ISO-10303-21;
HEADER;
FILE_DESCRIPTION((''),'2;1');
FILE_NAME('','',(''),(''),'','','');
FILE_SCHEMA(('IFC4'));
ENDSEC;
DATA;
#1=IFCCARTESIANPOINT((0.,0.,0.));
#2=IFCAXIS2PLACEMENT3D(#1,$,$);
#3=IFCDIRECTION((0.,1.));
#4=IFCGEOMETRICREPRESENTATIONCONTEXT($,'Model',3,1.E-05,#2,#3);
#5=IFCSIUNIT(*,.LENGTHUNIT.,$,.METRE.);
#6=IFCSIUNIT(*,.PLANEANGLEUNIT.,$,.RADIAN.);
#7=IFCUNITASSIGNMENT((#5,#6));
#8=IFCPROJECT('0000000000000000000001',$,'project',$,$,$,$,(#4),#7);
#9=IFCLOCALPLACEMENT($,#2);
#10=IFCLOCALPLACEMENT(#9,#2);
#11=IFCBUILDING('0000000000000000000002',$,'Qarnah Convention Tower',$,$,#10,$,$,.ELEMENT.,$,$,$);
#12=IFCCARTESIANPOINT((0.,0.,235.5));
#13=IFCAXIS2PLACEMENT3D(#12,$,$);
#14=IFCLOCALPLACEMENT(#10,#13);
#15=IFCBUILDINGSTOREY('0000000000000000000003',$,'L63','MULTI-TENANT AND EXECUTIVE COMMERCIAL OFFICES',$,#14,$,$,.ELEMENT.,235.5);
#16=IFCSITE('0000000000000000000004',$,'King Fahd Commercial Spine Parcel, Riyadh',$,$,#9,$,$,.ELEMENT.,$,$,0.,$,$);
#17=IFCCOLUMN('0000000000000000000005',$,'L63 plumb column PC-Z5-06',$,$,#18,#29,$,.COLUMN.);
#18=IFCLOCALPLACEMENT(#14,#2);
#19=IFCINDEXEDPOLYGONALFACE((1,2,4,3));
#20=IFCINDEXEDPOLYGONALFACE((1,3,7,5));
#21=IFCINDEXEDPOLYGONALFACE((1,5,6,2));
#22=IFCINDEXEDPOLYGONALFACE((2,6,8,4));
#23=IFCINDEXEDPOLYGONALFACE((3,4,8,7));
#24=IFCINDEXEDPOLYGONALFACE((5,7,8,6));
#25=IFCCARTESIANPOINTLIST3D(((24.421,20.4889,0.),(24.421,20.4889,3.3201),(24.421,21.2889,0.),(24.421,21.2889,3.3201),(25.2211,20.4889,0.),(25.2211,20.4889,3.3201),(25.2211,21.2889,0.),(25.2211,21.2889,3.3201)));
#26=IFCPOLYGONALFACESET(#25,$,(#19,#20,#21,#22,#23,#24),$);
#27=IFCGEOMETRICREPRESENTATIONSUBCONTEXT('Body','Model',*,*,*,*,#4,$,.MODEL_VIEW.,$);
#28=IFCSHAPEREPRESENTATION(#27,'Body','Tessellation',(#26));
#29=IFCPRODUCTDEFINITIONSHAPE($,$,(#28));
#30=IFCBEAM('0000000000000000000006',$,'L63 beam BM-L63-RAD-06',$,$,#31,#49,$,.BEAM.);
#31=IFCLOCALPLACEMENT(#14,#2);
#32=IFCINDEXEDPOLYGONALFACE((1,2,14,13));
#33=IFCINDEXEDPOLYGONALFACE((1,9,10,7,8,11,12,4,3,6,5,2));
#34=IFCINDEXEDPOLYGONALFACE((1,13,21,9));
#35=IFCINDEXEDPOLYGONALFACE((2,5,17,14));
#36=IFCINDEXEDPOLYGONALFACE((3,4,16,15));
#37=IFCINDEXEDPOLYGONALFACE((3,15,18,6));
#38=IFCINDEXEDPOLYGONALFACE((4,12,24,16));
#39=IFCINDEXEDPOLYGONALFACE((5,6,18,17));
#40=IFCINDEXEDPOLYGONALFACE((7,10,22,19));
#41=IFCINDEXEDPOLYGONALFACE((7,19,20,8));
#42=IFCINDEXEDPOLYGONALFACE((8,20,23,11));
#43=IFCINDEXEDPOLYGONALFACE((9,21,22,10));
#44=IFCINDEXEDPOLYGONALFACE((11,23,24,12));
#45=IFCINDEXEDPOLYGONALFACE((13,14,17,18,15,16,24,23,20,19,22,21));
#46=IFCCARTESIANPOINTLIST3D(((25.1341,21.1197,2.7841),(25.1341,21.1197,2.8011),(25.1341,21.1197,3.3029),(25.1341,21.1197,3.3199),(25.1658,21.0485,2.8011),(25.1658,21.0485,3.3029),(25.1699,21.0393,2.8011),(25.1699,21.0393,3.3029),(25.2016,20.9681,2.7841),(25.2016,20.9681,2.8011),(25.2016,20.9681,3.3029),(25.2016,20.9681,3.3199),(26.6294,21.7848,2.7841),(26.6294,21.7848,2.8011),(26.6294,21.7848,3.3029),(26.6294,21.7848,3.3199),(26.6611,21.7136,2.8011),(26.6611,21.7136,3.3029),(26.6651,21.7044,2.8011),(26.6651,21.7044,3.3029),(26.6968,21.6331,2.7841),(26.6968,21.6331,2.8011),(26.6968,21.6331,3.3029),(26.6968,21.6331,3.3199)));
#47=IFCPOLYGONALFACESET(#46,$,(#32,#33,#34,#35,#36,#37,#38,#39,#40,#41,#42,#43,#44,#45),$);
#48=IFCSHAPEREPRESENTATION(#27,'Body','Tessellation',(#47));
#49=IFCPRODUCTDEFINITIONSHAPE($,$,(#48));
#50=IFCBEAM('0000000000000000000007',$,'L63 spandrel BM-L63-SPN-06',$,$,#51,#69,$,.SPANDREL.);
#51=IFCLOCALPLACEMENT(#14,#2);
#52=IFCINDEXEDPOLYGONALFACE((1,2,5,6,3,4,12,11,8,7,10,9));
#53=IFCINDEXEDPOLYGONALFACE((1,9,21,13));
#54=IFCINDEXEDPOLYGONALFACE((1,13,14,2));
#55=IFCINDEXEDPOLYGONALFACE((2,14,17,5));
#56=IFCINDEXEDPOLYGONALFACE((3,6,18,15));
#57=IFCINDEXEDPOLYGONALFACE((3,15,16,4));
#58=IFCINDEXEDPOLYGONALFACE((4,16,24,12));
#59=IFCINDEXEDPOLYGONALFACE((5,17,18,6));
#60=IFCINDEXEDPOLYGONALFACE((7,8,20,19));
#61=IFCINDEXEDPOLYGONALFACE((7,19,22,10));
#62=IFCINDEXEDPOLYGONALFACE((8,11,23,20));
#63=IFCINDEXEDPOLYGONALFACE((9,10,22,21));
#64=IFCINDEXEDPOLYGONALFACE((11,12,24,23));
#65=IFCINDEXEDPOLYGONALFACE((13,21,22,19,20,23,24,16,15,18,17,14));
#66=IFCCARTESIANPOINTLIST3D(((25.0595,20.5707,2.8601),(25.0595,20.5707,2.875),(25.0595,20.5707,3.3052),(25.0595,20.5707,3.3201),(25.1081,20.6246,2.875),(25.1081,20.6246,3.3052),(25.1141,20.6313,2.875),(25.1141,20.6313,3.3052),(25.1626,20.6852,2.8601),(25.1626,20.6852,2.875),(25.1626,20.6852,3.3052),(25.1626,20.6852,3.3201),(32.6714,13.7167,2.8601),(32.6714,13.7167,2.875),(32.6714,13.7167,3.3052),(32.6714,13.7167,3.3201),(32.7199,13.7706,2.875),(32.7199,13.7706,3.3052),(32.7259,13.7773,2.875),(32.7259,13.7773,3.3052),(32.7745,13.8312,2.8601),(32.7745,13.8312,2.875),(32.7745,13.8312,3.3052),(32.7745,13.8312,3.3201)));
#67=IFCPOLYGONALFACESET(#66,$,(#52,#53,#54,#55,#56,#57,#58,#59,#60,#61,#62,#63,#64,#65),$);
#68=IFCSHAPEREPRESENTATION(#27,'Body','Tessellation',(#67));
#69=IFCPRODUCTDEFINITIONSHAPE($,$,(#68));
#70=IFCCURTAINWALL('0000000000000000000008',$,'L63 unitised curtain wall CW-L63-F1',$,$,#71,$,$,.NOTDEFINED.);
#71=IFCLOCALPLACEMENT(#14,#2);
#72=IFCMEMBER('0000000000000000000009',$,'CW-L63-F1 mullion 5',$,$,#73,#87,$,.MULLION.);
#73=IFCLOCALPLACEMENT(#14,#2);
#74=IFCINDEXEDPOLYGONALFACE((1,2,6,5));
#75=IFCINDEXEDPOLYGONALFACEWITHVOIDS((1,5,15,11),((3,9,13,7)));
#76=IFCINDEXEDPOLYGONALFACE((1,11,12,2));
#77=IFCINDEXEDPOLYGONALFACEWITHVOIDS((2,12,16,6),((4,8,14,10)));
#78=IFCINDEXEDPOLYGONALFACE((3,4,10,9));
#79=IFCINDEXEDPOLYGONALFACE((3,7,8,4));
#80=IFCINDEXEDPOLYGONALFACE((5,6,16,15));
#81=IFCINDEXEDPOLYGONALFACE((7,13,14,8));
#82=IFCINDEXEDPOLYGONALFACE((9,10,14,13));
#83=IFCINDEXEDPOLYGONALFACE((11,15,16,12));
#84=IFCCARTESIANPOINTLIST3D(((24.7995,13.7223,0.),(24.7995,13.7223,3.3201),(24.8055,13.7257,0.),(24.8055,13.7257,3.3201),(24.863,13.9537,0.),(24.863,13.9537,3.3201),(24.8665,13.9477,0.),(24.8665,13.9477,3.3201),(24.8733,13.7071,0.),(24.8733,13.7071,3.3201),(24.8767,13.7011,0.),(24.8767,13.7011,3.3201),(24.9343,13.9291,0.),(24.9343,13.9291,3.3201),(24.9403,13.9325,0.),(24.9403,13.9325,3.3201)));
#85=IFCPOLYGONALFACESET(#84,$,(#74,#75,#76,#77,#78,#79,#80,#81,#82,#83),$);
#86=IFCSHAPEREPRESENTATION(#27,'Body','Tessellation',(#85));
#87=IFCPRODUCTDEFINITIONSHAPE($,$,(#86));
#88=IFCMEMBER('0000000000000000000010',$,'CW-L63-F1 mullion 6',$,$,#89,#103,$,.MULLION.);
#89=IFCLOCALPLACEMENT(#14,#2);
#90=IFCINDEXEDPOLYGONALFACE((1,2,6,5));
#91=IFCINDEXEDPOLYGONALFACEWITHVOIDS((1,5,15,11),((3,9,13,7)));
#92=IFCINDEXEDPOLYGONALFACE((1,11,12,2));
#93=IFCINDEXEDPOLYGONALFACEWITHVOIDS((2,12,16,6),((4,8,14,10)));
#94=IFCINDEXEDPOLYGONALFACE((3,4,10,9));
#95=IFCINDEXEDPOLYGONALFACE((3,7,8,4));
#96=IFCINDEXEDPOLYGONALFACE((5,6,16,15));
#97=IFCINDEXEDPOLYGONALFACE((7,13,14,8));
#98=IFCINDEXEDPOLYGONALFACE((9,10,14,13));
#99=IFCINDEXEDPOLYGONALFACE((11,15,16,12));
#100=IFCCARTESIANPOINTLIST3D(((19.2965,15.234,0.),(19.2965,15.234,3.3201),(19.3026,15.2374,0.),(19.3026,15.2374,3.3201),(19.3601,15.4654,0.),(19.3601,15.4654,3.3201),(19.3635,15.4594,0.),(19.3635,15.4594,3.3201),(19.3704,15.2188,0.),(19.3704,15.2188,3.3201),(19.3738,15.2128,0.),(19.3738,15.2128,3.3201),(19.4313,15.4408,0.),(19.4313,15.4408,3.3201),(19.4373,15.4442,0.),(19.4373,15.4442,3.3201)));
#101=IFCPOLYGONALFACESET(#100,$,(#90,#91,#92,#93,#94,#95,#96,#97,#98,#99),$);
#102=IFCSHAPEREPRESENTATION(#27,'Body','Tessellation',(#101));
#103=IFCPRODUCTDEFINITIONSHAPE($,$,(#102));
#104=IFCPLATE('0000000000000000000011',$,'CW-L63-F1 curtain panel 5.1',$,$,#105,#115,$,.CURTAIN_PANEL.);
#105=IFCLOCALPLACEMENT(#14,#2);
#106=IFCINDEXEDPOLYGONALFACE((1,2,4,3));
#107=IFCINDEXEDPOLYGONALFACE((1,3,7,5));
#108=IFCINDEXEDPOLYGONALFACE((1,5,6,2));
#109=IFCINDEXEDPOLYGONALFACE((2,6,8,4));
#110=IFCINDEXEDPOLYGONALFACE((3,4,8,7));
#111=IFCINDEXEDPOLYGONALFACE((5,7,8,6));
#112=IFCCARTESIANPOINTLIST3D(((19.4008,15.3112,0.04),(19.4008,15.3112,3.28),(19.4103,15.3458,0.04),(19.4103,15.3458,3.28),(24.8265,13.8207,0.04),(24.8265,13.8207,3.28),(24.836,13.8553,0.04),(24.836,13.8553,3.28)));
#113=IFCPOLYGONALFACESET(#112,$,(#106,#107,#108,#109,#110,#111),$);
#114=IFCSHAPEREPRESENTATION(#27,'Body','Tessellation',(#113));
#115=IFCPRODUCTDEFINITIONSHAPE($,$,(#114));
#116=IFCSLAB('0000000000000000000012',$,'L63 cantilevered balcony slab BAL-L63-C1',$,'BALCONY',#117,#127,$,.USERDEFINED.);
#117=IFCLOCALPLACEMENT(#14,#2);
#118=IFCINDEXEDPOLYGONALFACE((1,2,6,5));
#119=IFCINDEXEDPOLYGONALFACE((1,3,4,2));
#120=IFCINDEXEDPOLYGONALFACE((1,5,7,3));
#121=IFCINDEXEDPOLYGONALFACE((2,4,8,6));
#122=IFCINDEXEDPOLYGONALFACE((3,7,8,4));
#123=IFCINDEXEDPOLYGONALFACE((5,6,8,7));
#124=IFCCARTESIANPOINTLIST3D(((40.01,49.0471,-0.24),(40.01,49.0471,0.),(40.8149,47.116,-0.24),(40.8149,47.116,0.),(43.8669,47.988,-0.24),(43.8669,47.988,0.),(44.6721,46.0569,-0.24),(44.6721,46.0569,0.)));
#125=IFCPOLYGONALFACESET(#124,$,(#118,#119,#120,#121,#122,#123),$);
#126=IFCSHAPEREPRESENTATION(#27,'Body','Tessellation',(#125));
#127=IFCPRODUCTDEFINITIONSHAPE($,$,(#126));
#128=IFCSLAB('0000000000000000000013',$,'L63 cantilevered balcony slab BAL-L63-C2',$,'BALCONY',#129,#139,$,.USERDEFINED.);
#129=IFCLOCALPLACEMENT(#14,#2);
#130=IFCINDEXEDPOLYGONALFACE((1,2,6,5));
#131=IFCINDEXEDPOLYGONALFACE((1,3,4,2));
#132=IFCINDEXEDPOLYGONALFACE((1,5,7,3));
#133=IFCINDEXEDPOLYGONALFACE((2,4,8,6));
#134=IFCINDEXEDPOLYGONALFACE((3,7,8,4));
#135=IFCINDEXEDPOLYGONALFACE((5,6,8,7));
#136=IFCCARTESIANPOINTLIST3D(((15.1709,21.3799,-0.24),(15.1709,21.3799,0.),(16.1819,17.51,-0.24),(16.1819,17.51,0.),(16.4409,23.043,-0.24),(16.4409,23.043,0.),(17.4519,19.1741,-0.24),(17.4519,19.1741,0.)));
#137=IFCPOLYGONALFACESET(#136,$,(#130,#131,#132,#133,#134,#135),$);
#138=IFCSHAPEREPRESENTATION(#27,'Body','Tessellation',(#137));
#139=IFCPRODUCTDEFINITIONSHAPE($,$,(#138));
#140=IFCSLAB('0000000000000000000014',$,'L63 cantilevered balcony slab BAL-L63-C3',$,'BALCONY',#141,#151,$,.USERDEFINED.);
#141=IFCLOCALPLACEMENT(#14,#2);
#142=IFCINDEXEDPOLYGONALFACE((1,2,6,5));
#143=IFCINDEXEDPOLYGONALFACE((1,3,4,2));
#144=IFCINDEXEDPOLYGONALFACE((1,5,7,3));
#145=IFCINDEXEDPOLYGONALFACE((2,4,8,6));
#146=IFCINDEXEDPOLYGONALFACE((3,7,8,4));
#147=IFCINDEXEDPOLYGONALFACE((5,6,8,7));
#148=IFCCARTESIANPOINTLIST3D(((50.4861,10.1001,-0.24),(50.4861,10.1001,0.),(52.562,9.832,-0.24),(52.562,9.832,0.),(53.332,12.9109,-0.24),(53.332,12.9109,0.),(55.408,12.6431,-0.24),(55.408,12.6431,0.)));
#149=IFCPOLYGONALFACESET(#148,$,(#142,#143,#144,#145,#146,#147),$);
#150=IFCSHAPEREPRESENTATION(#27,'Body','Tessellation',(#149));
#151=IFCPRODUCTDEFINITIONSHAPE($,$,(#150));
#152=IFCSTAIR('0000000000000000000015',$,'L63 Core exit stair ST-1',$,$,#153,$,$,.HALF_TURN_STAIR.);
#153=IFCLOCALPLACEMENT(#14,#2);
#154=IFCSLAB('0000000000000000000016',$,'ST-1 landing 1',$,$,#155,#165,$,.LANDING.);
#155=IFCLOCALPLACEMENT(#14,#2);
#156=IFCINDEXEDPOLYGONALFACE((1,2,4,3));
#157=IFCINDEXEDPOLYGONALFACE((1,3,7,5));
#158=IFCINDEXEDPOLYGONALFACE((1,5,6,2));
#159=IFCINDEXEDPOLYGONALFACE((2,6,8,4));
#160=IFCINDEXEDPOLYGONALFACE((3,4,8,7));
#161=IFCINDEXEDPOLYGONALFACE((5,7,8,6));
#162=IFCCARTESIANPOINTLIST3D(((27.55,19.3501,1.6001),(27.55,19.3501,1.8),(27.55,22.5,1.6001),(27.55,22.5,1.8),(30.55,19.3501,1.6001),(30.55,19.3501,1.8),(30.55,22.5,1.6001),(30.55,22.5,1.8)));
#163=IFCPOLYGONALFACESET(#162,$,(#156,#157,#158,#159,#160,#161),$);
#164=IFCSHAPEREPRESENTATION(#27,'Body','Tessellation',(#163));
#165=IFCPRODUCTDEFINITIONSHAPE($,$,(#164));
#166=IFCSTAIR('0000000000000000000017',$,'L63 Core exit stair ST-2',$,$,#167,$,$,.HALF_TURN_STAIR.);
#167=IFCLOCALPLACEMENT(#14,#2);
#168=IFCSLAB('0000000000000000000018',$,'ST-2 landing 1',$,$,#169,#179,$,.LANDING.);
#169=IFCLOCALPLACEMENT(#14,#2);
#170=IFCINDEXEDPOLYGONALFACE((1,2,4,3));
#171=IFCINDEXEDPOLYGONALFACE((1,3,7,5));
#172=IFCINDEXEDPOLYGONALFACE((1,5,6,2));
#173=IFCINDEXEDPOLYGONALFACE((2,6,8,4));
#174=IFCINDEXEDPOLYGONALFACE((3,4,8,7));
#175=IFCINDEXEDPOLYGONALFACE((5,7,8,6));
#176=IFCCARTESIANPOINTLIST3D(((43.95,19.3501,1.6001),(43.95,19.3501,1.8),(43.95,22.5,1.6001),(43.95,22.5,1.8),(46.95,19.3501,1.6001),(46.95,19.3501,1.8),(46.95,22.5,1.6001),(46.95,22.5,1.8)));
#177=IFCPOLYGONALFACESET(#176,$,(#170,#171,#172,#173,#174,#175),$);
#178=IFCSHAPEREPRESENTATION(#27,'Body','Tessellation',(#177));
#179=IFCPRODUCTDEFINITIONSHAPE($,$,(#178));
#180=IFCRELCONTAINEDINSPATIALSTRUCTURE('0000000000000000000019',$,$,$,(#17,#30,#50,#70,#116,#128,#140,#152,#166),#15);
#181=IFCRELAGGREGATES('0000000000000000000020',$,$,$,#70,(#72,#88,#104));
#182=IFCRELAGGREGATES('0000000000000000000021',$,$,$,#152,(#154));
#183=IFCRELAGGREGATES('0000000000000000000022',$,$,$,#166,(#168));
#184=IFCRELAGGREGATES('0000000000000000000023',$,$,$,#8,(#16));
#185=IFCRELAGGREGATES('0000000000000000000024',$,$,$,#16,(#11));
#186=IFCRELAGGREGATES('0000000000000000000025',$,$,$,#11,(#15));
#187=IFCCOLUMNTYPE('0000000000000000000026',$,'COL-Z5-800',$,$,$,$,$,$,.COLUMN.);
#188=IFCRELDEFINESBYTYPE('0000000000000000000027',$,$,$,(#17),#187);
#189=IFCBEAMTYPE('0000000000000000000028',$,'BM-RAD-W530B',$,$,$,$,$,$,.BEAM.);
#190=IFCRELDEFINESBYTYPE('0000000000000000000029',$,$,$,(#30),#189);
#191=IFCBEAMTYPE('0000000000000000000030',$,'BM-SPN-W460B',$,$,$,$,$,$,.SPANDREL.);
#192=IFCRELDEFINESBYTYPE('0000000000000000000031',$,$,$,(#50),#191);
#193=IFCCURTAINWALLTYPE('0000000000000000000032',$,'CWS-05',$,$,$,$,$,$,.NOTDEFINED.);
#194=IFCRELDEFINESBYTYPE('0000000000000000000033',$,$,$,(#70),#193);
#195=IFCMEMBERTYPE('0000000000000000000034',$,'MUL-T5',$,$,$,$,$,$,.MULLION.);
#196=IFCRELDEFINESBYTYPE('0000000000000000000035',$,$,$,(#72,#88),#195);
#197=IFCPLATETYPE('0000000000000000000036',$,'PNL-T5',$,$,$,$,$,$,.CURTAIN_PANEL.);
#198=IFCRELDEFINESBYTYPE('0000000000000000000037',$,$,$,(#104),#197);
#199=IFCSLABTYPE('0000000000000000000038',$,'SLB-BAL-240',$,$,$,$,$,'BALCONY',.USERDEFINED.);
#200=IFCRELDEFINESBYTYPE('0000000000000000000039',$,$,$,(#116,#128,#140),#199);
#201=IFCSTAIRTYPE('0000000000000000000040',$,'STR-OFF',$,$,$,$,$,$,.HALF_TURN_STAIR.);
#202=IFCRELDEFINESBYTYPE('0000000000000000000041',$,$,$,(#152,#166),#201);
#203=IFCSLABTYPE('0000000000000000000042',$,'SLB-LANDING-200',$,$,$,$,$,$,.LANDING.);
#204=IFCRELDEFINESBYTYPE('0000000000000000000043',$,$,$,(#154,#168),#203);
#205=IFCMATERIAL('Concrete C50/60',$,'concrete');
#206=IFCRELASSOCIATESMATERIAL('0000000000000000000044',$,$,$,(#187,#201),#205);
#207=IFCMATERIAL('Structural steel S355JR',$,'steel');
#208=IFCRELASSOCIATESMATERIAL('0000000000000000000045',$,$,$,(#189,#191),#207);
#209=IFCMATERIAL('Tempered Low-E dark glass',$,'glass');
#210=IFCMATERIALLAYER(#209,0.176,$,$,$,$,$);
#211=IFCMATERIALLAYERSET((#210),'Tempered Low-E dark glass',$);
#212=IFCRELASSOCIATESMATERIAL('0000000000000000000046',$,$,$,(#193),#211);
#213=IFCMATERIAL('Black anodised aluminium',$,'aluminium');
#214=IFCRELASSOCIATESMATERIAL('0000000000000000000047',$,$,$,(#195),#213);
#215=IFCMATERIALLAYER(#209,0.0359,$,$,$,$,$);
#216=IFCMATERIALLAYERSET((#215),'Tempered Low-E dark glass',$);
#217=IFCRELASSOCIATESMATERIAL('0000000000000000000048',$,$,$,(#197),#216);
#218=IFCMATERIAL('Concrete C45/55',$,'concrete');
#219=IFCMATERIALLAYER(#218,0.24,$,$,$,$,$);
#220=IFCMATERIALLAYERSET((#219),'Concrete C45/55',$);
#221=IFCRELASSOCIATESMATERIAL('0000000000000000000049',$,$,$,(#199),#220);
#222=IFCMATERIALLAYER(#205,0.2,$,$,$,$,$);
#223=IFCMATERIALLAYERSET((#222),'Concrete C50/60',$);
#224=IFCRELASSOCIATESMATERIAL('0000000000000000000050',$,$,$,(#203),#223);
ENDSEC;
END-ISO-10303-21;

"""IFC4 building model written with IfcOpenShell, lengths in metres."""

from ifc_helpers import new_model, si_unit, direction, frame, origin, origin_2d, place, context, subcontext, project, spatial, polyline, rectangle, hollow_rectangle, i_section, outline, extrude, material, layer, layer_set, material_profile, profile_set, type_object, element, aggregate, save


model = new_model("IFC4")

# Units and contexts
model_context = context("Model", 3, precision=1e-05, world=origin(), true_north=direction((0.0, 1.0)))
body_context = subcontext(model_context, "Body", "Model", "MODEL_VIEW")
ifc_project = project(units=[si_unit("LENGTHUNIT", "METRE"), si_unit("PLANEANGLEUNIT", "RADIAN")], contexts=[model_context])

# Site, building, storey
site_placement = place(None, origin())
site = spatial("IfcSite", under=ifc_project, at=site_placement, Name="King Fahd Commercial Spine Parcel, Riyadh", CompositionType="ELEMENT", RefElevation=0.0)
building_placement = place(site_placement, origin())
building = spatial("IfcBuilding", under=site, at=building_placement, Name="Qarnah Convention Tower", CompositionType="ELEMENT")
storey_placement = place(building_placement, frame((0.0, 0.0, 235.5)))
storey = spatial("IfcBuildingStorey", under=building, at=storey_placement, Name="L63", Description="MULTI-TENANT AND EXECUTIVE COMMERCIAL OFFICES", CompositionType="ELEMENT", Elevation=235.5)

# Column
ifc_material_1 = material(Name="Concrete C50/60", Category="concrete")
ifc_material_profile_1 = material_profile(ifc_material_1, rectangle(XDim=0.8, YDim=0.8, at=origin_2d()), Name="RC-COL-800X800")
ifc_profile_set_1 = profile_set([ifc_material_profile_1], Name="Concrete C50/60")
column_type = type_object("IfcColumnType", Name="COL-Z5-800", PredefinedType="COLUMN", material=ifc_profile_set_1)
column_placement = place(storey_placement, frame((24.821, 20.8889, 0.0), z_axis=(0.0, 0.0, 1.0), x_axis=(1.0, 0.0, 0.0)))
element("IfcColumn", 1, at=column_placement, inside=storey, type_object=column_type, Name="L63 plumb column PC-Z5-06", PredefinedType="COLUMN", context=body_context, shape_type="SweptSolid", body=[
    extrude(rectangle(XDim=0.8, YDim=0.8, at=origin_2d()), origin(), (0.0, 0.0, 1.0), 3.3201),
])

# Beams
ifc_material_2 = material(Name="Structural steel S355JR", Category="steel")
ifc_material_profile_2 = material_profile(ifc_material_2, i_section(OverallWidth=0.166, OverallDepth=0.5359, WebThickness=0.01, FlangeThickness=0.0171, at=origin_2d()), Name="W530X85")
ifc_profile_set_2 = profile_set([ifc_material_profile_2], Name="Structural steel S355JR")
beam_type_1 = type_object("IfcBeamType", Name="BM-RAD-W530B", PredefinedType="BEAM", material=ifc_profile_set_2)
beam_1_placement = place(storey_placement, frame((26.6631, 21.709, 3.052), z_axis=(-0.913688, -0.406415, 0.0), x_axis=(0.406415, -0.913688, 0.0)))
element("IfcBeam", 2, at=beam_1_placement, inside=storey, type_object=beam_type_1, Name="L63 beam BM-L63-RAD-06", PredefinedType="BEAM", context=body_context, shape_type="SweptSolid", body=[
    extrude(i_section(OverallWidth=0.166, OverallDepth=0.5359, WebThickness=0.01, FlangeThickness=0.0171, at=origin_2d()), origin(), (0.0, 0.0, 1.0), 1.6365),
])
ifc_material_profile_3 = material_profile(ifc_material_2, i_section(OverallWidth=0.1541, OverallDepth=0.46, WebThickness=0.009, FlangeThickness=0.0149, at=origin_2d()), Name="W460X68")
ifc_profile_set_3 = profile_set([ifc_material_profile_3], Name="Structural steel S355JR")
beam_type_2 = type_object("IfcBeamType", Name="BM-SPN-W460B", PredefinedType="SPANDREL", material=ifc_profile_set_3)
beam_2_placement = place(storey_placement, frame((25.1111, 20.6279, 3.0901), z_axis=(0.743131, -0.669146, 0.0), x_axis=(0.669146, 0.743131, 0.0)))
element("IfcBeam", 3, at=beam_2_placement, inside=storey, type_object=beam_type_2, Name="L63 spandrel BM-L63-SPN-06", PredefinedType="SPANDREL", context=body_context, shape_type="SweptSolid", body=[
    extrude(i_section(OverallWidth=0.1541, OverallDepth=0.46, WebThickness=0.009, FlangeThickness=0.0149, at=origin_2d()), origin(), (0.0, 0.0, 1.0), 10.2429),
])

# Curtain wall, members, plate
ifc_material_3 = material(Name="Tempered Low-E dark glass", Category="glass")
ifc_layer_1 = layer(ifc_material_3, 0.176)
ifc_layer_set_1 = layer_set([ifc_layer_1], Name="Tempered Low-E dark glass")
curtain_wall_type = type_object("IfcCurtainWallType", Name="CWS-05", PredefinedType="NOTDEFINED", material=ifc_layer_set_1)
curtain_wall_placement = place(storey_placement, origin())
curtain_wall = element("IfcCurtainWall", 4, at=curtain_wall_placement, inside=storey, type_object=curtain_wall_type, Name="L63 unitised curtain wall CW-L63-F1", PredefinedType="NOTDEFINED")
ifc_material_4 = material(Name="Black anodised aluminium", Category="aluminium")
ifc_material_profile_4 = material_profile(ifc_material_4, hollow_rectangle(XDim=0.0801, YDim=0.24, WallThickness=0.0049, at=origin_2d()), Name="MUL-80X240")
ifc_profile_set_4 = profile_set([ifc_material_profile_4], Name="Black anodised aluminium")
member_type = type_object("IfcMemberType", Name="MUL-T5", PredefinedType="MULLION", material=ifc_profile_set_4)
member_1_placement = place(storey_placement, frame((24.8699, 13.8274, 0.0), z_axis=(0.0, 0.0, 1.0), x_axis=(-0.96428, 0.264884, 0.0)))
member_1 = element("IfcMember", 5, at=member_1_placement, type_object=member_type, Name="CW-L63-F1 mullion 5", PredefinedType="MULLION", context=body_context, shape_type="SweptSolid", body=[
    extrude(hollow_rectangle(XDim=0.0801, YDim=0.24, WallThickness=0.0049, at=origin_2d()), origin(), (0.0, 0.0, 1.0), 3.3201),
])
member_2_placement = place(storey_placement, frame((19.3669, 15.3391, 0.0), z_axis=(0.0, 0.0, 1.0), x_axis=(-0.96428, 0.264884, 0.0)))
member_2 = element("IfcMember", 6, at=member_2_placement, type_object=member_type, Name="CW-L63-F1 mullion 6", PredefinedType="MULLION", context=body_context, shape_type="SweptSolid", body=[
    extrude(hollow_rectangle(XDim=0.0801, YDim=0.24, WallThickness=0.0049, at=origin_2d()), origin(), (0.0, 0.0, 1.0), 3.3201),
])
ifc_layer_2 = layer(ifc_material_3, 0.0359)
ifc_layer_set_2 = layer_set([ifc_layer_2], Name="Tempered Low-E dark glass")
plate_type = type_object("IfcPlateType", Name="PNL-T5", PredefinedType="CURTAIN_PANEL", material=ifc_layer_set_2)
plate_placement = place(storey_placement, frame((22.1184, 14.5833, 0.04), z_axis=(0.0, 0.0, 1.0), x_axis=(-0.96428, 0.264884, 0.0)))
plate = element("IfcPlate", 7, at=plate_placement, type_object=plate_type, Name="CW-L63-F1 curtain panel 5.1", PredefinedType="CURTAIN_PANEL", context=body_context, shape_type="SweptSolid", body=[
    extrude(rectangle(XDim=5.6267, YDim=0.0359, at=origin_2d()), origin(), (0.0, 0.0, 1.0), 3.24),
])
aggregate(curtain_wall, [member_1, member_2, plate])

# Slabs
ifc_material_5 = material(Name="Concrete C45/55", Category="concrete")
ifc_layer_3 = layer(ifc_material_5, 0.24)
ifc_layer_set_3 = layer_set([ifc_layer_3], Name="Concrete C45/55")
slab_type_1 = type_object("IfcSlabType", Name="SLB-BAL-240", ElementType="BALCONY", PredefinedType="USERDEFINED", material=ifc_layer_set_3)
slab_1_placement = place(storey_placement, frame((0.0, 0.0, -0.24)))
element("IfcSlab", 8, at=slab_1_placement, inside=storey, type_object=slab_type_1, Name="L63 cantilevered balcony slab BAL-L63-C1", ObjectType="BALCONY", PredefinedType="USERDEFINED", context=body_context, shape_type="SweptSolid", body=[
    extrude(outline(polyline([(40.01, 49.0471), (43.8669, 47.988), (44.6721, 46.0569), (40.8149, 47.116), (40.01, 49.0471)])), origin(), (0.0, 0.0, 1.0), 0.24),
])
slab_2_placement = place(storey_placement, frame((0.0, 0.0, -0.24)))
element("IfcSlab", 9, at=slab_2_placement, inside=storey, type_object=slab_type_1, Name="L63 cantilevered balcony slab BAL-L63-C2", ObjectType="BALCONY", PredefinedType="USERDEFINED", context=body_context, shape_type="SweptSolid", body=[
    extrude(outline(polyline([(16.1819, 17.51), (15.1709, 21.3799), (16.4409, 23.043), (17.4519, 19.1741), (16.1819, 17.51)])), origin(), (0.0, 0.0, 1.0), 0.24),
])
slab_3_placement = place(storey_placement, frame((0.0, 0.0, -0.24)))
element("IfcSlab", 10, at=slab_3_placement, inside=storey, type_object=slab_type_1, Name="L63 cantilevered balcony slab BAL-L63-C3", ObjectType="BALCONY", PredefinedType="USERDEFINED", context=body_context, shape_type="SweptSolid", body=[
    extrude(outline(polyline([(55.408, 12.6431), (52.562, 9.832), (50.4861, 10.1001), (53.332, 12.9109), (55.408, 12.6431)])), origin(), (0.0, 0.0, 1.0), 0.24),
])

# Stairs, slabs
stair_type = type_object("IfcStairType", Name="STR-OFF", PredefinedType="HALF_TURN_STAIR", material=ifc_material_1)
stair_1_placement = place(storey_placement, origin())
stair_1 = element("IfcStair", 11, at=stair_1_placement, inside=storey, type_object=stair_type, Name="L63 Core exit stair ST-1", PredefinedType="HALF_TURN_STAIR")
ifc_layer_4 = layer(ifc_material_1, 0.2)
ifc_layer_set_4 = layer_set([ifc_layer_4], Name="Concrete C50/60")
slab_type_2 = type_object("IfcSlabType", Name="SLB-LANDING-200", PredefinedType="LANDING", material=ifc_layer_set_4)
slab_4_placement = place(storey_placement, frame((0.0, 0.0, 1.6001)))
slab_4 = element("IfcSlab", 12, at=slab_4_placement, type_object=slab_type_2, Name="ST-1 landing 1", PredefinedType="LANDING", context=body_context, shape_type="SweptSolid", body=[
    extrude(outline(polyline([(27.55, 22.5), (27.55, 19.3501), (30.55, 19.3501), (30.55, 22.5), (27.55, 22.5)])), origin(), (0.0, 0.0, 1.0), 0.2),
])
aggregate(stair_1, [slab_4])
stair_2_placement = place(storey_placement, origin())
stair_2 = element("IfcStair", 13, at=stair_2_placement, inside=storey, type_object=stair_type, Name="L63 Core exit stair ST-2", PredefinedType="HALF_TURN_STAIR")
slab_5_placement = place(storey_placement, frame((0.0, 0.0, 1.6001)))
slab_5 = element("IfcSlab", 14, at=slab_5_placement, type_object=slab_type_2, Name="ST-2 landing 1", PredefinedType="LANDING", context=body_context, shape_type="SweptSolid", body=[
    extrude(outline(polyline([(43.95, 22.5), (43.95, 19.3501), (46.95, 19.3501), (46.95, 22.5), (43.95, 22.5)])), origin(), (0.0, 0.0, 1.0), 0.2),
])
aggregate(stair_2, [slab_5])

save(model, "model.ifc")
